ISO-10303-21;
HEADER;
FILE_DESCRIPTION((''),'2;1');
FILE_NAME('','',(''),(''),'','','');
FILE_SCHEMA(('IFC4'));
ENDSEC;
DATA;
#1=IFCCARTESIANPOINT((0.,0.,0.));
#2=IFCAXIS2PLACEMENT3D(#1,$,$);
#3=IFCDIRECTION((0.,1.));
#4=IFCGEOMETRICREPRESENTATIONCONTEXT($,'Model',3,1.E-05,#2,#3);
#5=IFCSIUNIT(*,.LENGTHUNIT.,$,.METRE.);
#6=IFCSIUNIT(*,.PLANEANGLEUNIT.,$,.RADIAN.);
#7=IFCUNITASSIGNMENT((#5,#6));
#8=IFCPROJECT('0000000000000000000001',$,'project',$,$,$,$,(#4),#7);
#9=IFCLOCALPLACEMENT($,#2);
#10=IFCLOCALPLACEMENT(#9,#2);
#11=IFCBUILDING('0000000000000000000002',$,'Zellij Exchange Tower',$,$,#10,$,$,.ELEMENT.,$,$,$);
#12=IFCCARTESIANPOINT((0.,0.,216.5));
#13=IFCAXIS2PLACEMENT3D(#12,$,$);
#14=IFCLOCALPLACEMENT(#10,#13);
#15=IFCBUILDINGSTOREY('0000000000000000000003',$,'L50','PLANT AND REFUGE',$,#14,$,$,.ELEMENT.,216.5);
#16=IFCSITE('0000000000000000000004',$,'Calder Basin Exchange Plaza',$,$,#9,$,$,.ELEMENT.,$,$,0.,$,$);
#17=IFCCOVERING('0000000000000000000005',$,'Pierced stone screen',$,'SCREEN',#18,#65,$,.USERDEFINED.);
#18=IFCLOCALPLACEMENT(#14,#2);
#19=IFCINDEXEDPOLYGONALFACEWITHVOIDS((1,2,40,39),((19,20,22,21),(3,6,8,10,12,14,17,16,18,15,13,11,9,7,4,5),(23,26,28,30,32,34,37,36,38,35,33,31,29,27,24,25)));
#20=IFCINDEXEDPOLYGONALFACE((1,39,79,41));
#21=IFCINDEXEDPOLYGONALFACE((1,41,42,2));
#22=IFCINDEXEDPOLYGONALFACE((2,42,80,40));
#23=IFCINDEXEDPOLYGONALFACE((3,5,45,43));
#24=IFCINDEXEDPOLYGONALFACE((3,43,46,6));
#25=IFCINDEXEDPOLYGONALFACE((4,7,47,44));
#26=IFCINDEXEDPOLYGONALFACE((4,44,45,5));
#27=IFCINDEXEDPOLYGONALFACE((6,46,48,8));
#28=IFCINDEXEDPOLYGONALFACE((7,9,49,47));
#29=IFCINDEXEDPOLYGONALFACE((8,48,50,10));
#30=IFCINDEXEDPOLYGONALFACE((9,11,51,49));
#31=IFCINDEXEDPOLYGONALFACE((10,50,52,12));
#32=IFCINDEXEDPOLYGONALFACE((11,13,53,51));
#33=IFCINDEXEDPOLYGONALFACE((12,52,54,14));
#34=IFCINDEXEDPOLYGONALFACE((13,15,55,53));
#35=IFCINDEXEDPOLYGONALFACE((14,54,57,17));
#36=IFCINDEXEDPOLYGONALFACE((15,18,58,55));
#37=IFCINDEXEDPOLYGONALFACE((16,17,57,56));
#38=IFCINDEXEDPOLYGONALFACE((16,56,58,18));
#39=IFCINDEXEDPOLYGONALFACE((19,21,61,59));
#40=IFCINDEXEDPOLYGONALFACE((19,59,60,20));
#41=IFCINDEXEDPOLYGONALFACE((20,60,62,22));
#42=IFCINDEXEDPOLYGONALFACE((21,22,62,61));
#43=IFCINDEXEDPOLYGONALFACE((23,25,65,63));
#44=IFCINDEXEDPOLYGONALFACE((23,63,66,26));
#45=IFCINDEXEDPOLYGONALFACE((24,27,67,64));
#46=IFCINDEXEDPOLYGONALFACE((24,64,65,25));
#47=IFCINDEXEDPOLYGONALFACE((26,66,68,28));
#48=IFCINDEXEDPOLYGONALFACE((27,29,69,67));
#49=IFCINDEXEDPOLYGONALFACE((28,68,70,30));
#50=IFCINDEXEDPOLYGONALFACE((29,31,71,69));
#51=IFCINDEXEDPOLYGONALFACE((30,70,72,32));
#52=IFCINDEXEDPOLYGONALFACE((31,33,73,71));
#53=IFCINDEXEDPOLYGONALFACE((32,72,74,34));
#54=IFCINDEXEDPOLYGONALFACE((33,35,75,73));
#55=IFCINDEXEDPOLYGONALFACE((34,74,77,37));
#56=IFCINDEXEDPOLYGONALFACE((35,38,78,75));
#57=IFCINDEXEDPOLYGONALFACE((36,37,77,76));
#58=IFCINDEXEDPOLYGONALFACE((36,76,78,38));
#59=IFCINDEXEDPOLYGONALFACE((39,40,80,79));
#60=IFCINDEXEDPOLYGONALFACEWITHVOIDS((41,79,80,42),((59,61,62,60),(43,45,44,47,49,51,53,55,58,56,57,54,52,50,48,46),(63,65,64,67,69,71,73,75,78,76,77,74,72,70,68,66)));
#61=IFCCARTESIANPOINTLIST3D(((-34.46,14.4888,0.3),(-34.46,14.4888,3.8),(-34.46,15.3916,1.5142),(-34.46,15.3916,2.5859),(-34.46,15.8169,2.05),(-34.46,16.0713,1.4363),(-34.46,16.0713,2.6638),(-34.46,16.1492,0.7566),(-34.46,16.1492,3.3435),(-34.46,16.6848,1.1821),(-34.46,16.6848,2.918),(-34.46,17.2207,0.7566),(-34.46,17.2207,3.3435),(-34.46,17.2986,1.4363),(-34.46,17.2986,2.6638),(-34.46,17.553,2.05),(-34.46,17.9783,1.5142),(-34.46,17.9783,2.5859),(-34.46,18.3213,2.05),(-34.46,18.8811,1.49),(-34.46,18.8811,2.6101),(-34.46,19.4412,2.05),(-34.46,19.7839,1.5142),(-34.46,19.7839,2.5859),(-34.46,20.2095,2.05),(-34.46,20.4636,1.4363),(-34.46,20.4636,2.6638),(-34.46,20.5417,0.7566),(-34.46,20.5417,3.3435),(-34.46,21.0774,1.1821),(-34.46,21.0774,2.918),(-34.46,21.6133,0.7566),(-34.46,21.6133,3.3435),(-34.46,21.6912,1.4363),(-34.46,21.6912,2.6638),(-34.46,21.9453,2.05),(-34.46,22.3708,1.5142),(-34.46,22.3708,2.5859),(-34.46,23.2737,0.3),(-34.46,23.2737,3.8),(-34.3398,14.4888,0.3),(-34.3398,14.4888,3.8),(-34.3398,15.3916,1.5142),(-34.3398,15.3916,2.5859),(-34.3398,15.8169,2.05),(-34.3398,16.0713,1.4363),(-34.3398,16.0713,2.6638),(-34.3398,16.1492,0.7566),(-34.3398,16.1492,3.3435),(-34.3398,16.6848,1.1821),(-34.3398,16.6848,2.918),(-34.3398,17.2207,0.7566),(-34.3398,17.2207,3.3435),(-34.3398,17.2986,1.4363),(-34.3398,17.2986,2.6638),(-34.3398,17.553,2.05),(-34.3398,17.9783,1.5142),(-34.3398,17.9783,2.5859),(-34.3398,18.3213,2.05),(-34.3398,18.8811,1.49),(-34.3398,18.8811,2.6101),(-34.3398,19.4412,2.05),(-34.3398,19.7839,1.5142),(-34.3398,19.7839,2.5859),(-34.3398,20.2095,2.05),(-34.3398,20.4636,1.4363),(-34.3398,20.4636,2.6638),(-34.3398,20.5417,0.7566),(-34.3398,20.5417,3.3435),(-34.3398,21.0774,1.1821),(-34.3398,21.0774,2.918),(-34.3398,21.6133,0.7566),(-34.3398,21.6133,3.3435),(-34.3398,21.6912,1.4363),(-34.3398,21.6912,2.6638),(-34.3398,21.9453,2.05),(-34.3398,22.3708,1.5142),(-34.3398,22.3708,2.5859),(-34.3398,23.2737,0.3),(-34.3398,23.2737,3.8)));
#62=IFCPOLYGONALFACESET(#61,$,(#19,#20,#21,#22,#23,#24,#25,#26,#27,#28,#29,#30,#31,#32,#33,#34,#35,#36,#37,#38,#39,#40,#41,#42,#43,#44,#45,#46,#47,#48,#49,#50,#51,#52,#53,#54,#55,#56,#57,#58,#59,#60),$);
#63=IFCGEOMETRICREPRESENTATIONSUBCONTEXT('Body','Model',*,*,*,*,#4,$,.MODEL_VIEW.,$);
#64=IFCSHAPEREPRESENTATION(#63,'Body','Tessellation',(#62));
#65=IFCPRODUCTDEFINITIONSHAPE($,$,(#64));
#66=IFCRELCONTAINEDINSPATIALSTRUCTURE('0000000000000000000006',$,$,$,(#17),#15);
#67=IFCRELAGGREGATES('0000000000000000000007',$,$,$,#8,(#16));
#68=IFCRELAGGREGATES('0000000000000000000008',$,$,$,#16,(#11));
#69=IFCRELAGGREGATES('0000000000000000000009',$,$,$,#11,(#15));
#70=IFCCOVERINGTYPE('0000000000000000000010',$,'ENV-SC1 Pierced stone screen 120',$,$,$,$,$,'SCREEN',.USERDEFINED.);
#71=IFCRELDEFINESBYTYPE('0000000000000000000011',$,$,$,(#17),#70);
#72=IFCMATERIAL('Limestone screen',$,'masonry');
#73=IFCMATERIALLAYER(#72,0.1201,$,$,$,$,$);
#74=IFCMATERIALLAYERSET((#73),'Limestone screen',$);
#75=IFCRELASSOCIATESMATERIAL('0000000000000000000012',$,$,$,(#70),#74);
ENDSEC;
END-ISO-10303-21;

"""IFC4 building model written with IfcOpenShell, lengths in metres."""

from ifc_helpers import new_model, si_unit, direction, frame, origin, place, context, subcontext, project, spatial, polyline, outline, extrude, material, layer, layer_set, type_object, element, save


model = new_model("IFC4")

# Units and contexts
model_context = context("Model", 3, precision=1e-05, world=origin(), true_north=direction((0.0, 1.0)))
body_context = subcontext(model_context, "Body", "Model", "MODEL_VIEW")
ifc_project = project(units=[si_unit("LENGTHUNIT", "METRE"), si_unit("PLANEANGLEUNIT", "RADIAN")], contexts=[model_context])

# Site, building, storey
site_placement = place(None, origin())
site = spatial("IfcSite", under=ifc_project, at=site_placement, Name="Calder Basin Exchange Plaza", CompositionType="ELEMENT", RefElevation=0.0)
building_placement = place(site_placement, origin())
building = spatial("IfcBuilding", under=site, at=building_placement, Name="Zellij Exchange Tower", CompositionType="ELEMENT")
storey_placement = place(building_placement, frame((0.0, 0.0, 216.5)))
storey = spatial("IfcBuildingStorey", under=building, at=storey_placement, Name="L50", Description="PLANT AND REFUGE", CompositionType="ELEMENT", Elevation=216.5)

# Covering
ifc_material_1 = material(Name="Limestone screen", Category="masonry")
ifc_layer_1 = layer(ifc_material_1, 0.1201)
ifc_layer_set_1 = layer_set([ifc_layer_1], Name="Limestone screen")
covering_type_1 = type_object("IfcCoveringType", Name="ENV-SC1 Pierced stone screen 120", ElementType="SCREEN", PredefinedType="USERDEFINED", material=ifc_layer_set_1)
covering_1_placement = place(storey_placement, frame((-34.3999, 23.2737, 0.3), z_axis=(0.0, 0.0, 1.0), x_axis=(0.0, -1.0, 0.0)))
element("IfcCovering", 1, at=covering_1_placement, inside=storey, type_object=covering_type_1, Name="Pierced stone screen", ObjectType="SCREEN", PredefinedType="USERDEFINED", context=body_context, shape_type="SweptSolid", body=[
    extrude(outline(polyline([(0.0, 0.0), (8.7849, 0.0), (8.7849, 3.5), (0.0, 3.5), (0.0, 0.0)]), holes=[polyline([(3.4897, 2.2859), (2.8101, 2.3638), (2.7319, 3.0435), (2.1963, 2.6179), (1.6604, 3.0435), (1.5825, 2.3638), (0.9028, 2.2859), (1.3284, 1.75), (0.9028, 1.2141), (1.5825, 1.1362), (1.6604, 0.4565), (2.1963, 0.8821), (2.7319, 0.4565), (2.8101, 1.1362), (3.4897, 1.2141), (3.0642, 1.75), (3.4897, 2.2859)]), polyline([(7.8821, 2.2859), (7.2024, 2.3638), (7.1245, 3.0435), (6.5889, 2.6179), (6.053, 3.0435), (5.9751, 2.3638), (5.2954, 2.2859), (5.7207, 1.75), (5.2954, 1.2141), (5.9751, 1.1362), (6.053, 0.4565), (6.5889, 0.8821), (7.1245, 0.4565), (7.2024, 1.1362), (7.8821, 1.2141), (7.4568, 1.75), (7.8821, 2.2859)]), polyline([(4.9524, 1.75), (4.3926, 2.3101), (3.8325, 1.75), (4.3926, 1.1899), (4.9524, 1.75)])]), frame((0.0, 0.0601, 0.0), z_axis=(0.0, -1.0, 0.0), x_axis=(1.0, 0.0, 0.0)), (0.0, 0.0, 1.0), 0.1201),
])

save(model, "model.ifc")
